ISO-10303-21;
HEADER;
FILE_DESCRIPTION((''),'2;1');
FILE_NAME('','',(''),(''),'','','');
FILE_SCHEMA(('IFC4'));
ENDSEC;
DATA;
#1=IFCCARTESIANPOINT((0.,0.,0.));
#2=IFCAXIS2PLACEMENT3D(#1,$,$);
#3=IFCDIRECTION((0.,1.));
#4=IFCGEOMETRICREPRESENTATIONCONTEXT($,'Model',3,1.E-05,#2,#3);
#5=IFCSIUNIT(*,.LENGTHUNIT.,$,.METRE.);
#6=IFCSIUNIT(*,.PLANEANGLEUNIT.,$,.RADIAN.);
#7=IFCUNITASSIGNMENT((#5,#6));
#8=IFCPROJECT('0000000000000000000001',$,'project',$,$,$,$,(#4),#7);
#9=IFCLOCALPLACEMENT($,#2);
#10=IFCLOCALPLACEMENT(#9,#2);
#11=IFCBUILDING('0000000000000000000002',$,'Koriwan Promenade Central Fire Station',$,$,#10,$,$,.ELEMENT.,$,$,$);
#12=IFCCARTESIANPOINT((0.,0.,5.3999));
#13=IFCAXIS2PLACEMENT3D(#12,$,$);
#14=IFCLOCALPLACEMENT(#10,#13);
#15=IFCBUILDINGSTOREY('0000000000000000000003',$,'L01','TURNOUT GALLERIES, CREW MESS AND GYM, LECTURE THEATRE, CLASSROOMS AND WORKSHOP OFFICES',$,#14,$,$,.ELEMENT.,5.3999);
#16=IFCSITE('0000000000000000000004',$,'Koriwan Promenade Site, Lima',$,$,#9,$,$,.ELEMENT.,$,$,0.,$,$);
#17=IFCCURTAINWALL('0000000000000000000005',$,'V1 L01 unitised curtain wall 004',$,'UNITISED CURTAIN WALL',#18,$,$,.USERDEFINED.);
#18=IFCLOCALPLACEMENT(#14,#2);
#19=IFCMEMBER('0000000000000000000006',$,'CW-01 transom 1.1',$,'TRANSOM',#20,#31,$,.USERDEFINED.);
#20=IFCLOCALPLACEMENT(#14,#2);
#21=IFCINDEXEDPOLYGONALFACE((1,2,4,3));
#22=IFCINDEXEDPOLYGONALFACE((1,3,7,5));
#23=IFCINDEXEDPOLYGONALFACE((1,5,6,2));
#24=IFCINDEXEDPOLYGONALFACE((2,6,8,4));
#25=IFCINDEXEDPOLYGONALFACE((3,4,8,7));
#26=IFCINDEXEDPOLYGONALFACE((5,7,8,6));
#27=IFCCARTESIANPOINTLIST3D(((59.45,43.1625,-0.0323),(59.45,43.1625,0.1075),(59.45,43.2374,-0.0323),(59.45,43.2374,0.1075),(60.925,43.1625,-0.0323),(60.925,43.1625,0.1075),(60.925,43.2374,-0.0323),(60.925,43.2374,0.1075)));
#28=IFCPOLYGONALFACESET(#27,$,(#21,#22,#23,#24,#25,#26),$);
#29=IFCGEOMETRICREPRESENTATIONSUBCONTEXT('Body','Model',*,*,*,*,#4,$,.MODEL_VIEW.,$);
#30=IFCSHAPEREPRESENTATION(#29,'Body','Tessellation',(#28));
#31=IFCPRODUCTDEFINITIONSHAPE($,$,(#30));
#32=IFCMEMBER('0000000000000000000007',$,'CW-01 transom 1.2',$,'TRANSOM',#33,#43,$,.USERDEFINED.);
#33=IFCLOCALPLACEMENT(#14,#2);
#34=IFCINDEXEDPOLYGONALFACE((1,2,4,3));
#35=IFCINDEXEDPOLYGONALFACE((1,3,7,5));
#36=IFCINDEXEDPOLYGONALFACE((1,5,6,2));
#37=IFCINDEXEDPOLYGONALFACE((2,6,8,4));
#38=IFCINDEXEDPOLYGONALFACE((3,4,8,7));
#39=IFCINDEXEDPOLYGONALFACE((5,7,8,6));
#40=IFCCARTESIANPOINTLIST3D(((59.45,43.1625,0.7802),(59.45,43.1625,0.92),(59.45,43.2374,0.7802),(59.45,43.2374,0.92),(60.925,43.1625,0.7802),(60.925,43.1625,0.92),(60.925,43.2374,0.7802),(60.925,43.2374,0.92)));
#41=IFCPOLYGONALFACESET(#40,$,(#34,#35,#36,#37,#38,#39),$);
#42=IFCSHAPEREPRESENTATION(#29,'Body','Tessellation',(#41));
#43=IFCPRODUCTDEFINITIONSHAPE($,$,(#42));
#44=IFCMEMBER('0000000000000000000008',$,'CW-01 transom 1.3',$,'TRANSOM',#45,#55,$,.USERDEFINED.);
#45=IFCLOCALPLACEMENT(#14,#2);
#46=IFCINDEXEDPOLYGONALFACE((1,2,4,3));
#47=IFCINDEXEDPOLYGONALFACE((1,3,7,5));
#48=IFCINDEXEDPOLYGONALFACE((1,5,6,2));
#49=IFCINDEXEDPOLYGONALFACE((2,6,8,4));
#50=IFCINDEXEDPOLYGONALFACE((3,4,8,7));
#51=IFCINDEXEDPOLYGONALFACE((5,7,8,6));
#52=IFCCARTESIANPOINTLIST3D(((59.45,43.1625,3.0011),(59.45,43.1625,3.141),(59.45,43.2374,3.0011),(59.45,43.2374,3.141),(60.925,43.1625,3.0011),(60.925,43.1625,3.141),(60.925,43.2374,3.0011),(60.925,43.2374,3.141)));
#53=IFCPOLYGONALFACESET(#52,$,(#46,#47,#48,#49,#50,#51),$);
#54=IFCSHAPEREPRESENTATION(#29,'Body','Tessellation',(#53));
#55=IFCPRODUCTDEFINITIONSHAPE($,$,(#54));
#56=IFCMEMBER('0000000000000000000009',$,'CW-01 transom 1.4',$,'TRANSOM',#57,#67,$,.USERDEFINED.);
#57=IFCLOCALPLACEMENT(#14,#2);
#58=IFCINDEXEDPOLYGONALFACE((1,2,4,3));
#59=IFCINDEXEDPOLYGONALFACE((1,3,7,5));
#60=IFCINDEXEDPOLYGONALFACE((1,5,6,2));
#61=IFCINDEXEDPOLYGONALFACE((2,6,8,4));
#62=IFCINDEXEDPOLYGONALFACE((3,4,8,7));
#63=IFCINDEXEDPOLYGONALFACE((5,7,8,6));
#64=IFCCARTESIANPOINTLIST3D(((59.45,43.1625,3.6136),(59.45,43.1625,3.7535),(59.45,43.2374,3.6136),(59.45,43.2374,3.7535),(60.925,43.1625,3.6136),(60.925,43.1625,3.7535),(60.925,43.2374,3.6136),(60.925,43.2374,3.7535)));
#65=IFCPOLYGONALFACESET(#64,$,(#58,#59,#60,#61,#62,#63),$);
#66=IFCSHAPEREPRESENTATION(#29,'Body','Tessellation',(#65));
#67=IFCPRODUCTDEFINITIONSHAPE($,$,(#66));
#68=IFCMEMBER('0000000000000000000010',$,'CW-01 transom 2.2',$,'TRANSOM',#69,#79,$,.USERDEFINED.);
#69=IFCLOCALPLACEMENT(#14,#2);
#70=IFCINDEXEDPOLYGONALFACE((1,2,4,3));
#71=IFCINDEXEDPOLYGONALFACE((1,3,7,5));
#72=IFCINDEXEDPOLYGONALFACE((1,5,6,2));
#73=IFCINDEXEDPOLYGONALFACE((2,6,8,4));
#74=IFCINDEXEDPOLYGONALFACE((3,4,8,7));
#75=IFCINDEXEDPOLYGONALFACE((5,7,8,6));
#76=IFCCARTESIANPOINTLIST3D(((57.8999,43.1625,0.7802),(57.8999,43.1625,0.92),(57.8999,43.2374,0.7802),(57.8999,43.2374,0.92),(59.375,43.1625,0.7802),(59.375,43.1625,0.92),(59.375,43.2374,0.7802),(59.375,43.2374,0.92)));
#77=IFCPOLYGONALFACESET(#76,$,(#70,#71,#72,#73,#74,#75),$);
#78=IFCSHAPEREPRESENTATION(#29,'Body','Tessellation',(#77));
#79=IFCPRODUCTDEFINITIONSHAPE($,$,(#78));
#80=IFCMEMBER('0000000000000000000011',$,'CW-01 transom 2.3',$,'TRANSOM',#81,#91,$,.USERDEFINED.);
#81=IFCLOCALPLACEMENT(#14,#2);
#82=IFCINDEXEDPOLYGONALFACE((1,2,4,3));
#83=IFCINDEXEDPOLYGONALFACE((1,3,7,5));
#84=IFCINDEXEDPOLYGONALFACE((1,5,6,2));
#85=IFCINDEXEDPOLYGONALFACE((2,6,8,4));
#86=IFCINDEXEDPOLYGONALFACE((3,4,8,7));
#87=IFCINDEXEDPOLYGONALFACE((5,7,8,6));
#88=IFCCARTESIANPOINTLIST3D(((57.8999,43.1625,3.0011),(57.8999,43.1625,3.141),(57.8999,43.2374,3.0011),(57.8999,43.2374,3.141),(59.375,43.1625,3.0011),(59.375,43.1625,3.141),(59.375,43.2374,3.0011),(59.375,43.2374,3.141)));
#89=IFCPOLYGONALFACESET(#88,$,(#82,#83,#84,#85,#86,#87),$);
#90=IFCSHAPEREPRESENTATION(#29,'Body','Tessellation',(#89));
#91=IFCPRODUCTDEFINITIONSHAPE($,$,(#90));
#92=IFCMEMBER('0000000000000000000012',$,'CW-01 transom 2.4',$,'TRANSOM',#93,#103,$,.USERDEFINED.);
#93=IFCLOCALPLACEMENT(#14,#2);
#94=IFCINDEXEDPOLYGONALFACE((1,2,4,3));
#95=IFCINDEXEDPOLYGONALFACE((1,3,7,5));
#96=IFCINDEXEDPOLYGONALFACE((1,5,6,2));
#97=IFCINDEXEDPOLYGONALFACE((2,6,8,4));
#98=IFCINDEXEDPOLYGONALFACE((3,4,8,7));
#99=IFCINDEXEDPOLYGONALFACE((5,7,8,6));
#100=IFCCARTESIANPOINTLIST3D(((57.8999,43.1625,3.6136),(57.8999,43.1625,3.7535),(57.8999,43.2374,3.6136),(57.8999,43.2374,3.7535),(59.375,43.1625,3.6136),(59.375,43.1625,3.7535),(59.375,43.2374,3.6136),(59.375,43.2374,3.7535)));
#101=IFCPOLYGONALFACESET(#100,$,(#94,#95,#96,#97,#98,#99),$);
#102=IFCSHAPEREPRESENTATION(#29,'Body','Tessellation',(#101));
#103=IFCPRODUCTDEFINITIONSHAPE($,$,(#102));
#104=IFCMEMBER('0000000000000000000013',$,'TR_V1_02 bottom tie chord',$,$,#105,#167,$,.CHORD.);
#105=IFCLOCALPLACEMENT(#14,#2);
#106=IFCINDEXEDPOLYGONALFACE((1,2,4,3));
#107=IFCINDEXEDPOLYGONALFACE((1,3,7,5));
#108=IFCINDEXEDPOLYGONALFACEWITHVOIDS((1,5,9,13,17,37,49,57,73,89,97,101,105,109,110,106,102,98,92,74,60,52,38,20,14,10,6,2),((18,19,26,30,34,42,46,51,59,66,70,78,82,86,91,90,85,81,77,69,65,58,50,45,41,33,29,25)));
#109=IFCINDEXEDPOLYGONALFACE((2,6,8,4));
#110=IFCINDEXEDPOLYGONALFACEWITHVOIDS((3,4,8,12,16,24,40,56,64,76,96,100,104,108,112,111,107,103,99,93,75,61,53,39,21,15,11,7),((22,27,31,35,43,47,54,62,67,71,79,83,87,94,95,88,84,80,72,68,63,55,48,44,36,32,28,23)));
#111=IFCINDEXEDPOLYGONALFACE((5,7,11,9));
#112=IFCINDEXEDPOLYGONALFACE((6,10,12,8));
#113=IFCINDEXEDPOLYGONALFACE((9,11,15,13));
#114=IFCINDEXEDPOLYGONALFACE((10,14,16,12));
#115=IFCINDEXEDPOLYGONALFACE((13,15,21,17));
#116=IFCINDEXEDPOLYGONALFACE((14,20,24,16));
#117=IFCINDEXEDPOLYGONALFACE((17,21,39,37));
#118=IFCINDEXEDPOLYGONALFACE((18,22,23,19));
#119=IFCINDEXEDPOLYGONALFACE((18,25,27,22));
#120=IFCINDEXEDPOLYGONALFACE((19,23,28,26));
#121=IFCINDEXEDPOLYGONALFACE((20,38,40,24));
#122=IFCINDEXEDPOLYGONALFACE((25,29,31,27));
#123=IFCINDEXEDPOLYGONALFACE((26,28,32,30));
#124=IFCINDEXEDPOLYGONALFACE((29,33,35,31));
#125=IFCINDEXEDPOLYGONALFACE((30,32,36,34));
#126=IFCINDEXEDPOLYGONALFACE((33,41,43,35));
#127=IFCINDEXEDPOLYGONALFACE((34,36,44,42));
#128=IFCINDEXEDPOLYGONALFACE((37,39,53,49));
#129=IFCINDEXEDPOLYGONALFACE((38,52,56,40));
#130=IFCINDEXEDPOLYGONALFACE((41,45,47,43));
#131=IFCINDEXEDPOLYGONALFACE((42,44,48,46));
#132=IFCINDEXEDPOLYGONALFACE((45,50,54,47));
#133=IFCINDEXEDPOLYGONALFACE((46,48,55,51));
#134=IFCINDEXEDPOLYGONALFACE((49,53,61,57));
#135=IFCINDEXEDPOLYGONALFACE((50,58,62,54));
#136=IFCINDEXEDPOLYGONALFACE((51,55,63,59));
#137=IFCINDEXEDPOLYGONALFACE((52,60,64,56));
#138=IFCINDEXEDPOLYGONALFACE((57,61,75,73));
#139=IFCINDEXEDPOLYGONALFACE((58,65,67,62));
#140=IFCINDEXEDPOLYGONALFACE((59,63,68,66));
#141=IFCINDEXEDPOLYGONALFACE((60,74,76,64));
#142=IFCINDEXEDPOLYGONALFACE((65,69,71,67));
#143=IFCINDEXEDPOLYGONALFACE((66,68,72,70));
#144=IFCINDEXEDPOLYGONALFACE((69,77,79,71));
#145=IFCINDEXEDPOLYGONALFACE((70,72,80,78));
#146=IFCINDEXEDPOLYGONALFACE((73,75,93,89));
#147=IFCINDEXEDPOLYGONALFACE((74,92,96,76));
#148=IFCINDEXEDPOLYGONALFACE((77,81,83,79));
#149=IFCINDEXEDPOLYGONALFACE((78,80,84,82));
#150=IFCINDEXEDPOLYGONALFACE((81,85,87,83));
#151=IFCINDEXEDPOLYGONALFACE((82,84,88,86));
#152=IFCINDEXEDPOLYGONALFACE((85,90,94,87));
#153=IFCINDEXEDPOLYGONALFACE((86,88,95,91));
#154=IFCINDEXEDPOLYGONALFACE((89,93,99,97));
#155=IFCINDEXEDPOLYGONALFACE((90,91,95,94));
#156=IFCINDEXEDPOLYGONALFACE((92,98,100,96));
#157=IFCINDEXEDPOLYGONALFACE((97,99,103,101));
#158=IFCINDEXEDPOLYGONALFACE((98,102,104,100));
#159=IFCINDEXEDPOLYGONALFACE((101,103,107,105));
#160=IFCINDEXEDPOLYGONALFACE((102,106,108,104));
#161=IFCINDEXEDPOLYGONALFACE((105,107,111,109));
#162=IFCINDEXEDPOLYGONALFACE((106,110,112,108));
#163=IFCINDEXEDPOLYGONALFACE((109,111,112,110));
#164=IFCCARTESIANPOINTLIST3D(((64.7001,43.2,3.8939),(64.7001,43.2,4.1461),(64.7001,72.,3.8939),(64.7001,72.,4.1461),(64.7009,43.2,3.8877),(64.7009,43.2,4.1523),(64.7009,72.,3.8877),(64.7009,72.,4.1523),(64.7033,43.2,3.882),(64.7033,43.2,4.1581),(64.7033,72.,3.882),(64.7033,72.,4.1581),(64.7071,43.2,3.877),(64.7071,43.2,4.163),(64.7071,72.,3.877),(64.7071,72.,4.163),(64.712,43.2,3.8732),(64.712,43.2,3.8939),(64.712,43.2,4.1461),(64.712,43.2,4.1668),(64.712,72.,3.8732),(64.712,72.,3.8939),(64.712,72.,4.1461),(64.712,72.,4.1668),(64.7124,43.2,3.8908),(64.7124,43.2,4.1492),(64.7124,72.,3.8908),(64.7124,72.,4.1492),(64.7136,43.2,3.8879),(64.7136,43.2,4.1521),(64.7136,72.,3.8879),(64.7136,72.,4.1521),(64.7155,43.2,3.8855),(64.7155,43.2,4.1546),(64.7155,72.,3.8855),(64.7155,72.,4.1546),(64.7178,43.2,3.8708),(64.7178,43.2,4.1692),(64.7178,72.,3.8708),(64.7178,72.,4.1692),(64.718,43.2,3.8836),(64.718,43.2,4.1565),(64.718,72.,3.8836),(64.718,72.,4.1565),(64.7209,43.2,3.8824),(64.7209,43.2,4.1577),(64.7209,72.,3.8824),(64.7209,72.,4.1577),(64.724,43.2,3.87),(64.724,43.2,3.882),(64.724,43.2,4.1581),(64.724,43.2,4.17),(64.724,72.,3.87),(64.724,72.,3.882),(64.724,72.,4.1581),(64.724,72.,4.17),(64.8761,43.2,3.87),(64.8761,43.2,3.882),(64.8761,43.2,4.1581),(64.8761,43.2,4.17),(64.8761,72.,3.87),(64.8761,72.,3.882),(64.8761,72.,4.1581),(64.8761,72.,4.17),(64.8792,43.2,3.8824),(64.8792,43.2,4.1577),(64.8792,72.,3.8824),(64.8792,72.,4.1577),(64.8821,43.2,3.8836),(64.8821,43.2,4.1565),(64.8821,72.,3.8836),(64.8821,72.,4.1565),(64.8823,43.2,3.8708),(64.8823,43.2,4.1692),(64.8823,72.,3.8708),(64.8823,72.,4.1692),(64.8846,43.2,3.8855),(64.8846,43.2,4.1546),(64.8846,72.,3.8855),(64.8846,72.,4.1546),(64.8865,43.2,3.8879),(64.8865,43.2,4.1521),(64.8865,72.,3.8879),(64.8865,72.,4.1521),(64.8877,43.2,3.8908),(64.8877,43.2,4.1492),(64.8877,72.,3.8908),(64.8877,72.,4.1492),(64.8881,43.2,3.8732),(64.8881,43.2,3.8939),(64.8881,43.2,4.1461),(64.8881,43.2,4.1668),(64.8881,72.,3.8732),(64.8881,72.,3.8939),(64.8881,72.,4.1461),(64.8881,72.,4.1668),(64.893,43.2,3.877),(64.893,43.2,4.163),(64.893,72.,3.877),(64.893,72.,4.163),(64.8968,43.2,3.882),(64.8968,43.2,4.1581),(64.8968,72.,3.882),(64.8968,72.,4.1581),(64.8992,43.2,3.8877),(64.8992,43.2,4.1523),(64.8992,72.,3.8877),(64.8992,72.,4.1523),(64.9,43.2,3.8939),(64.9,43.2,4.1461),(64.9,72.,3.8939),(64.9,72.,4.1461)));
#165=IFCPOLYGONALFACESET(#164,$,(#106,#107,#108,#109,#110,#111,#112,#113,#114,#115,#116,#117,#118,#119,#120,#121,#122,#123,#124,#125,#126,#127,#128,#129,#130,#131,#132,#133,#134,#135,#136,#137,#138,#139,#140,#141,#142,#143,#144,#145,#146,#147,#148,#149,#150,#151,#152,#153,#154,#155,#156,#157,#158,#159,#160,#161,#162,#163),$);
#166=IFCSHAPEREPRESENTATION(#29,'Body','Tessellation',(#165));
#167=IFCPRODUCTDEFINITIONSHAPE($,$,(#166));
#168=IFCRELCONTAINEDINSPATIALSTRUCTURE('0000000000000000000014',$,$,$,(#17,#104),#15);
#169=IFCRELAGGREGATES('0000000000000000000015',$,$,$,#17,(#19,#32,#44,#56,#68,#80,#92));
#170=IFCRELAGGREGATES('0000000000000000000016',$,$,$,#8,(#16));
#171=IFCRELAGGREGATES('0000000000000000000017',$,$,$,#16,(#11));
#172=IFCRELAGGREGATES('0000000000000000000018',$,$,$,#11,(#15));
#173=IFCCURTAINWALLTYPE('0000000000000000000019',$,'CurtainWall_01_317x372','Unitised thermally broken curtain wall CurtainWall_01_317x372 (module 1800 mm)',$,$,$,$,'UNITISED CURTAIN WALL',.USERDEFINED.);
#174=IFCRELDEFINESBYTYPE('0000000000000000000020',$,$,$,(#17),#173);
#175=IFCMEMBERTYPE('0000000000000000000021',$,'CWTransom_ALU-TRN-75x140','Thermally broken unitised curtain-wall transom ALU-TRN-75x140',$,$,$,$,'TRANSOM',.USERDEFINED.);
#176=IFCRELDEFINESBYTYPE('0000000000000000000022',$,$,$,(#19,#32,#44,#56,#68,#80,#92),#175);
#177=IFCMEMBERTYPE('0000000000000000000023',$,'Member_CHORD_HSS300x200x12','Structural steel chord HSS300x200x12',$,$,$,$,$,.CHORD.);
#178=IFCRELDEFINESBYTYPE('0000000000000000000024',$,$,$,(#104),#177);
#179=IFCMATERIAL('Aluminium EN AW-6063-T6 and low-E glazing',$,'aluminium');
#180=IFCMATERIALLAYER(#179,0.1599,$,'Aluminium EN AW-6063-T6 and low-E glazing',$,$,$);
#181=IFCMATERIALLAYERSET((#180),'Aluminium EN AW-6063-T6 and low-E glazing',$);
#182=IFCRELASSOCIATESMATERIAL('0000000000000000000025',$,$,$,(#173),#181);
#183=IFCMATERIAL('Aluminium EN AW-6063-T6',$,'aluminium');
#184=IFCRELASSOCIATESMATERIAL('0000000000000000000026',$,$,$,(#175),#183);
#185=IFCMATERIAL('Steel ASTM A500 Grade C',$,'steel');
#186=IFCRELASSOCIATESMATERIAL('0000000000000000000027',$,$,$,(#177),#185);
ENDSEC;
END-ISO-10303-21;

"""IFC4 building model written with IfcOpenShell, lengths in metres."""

from ifc_helpers import new_model, si_unit, direction, frame, origin, origin_2d, place, context, subcontext, project, spatial, rectangle, hollow_rectangle, extrude, material, layer, layer_set, material_profile, profile_set, type_object, element, aggregate, save


model = new_model("IFC4")

# Units and contexts
model_context = context("Model", 3, precision=1e-05, world=origin(), true_north=direction((0.0, 1.0)))
body_context = subcontext(model_context, "Body", "Model", "MODEL_VIEW")
ifc_project = project(units=[si_unit("LENGTHUNIT", "METRE"), si_unit("PLANEANGLEUNIT", "RADIAN")], contexts=[model_context])

# Site, building, storey
site_placement = place(None, origin())
site = spatial("IfcSite", under=ifc_project, at=site_placement, Name="Koriwan Promenade Site, Lima", CompositionType="ELEMENT", RefElevation=0.0)
building_placement = place(site_placement, origin())
building = spatial("IfcBuilding", under=site, at=building_placement, Name="Koriwan Promenade Central Fire Station", CompositionType="ELEMENT")
storey_placement = place(building_placement, frame((0.0, 0.0, 5.3999)))
storey = spatial("IfcBuildingStorey", under=building, at=storey_placement, Name="L01", Description="TURNOUT GALLERIES, CREW MESS AND GYM, LECTURE THEATRE, CLASSROOMS AND WORKSHOP OFFICES", CompositionType="ELEMENT", Elevation=5.3999)

# Curtain wall
ifc_material_1 = material(Name="Aluminium EN AW-6063-T6 and low-E glazing", Category="aluminium")
ifc_material_2 = material(Name="Aluminium EN AW-6063-T6", Category="aluminium")
ifc_layer_1 = layer(ifc_material_1, 0.1599, Name="Aluminium EN AW-6063-T6 and low-E glazing")
ifc_layer_set_1 = layer_set([ifc_layer_1], Name="Aluminium EN AW-6063-T6 and low-E glazing")
curtain_wall_type_1 = type_object("IfcCurtainWallType", Name="CurtainWall_01_317x372", Description="Unitised thermally broken curtain wall CurtainWall_01_317x372 (module 1800 mm)", ElementType="UNITISED CURTAIN WALL", PredefinedType="USERDEFINED", material=ifc_layer_set_1)
curtain_wall_1_placement = place(storey_placement, origin())
curtain_wall_1 = element("IfcCurtainWall", 1, at=curtain_wall_1_placement, inside=storey, type_object=curtain_wall_type_1, Name="V1 L01 unitised curtain wall 004", ObjectType="UNITISED CURTAIN WALL", PredefinedType="USERDEFINED")

# Members
ifc_material_profile_1 = material_profile(ifc_material_2, rectangle(XDim=0.075, YDim=0.1399, at=origin_2d()), Name="ALU-TRN-75x140")
ifc_profile_set_1 = profile_set([ifc_material_profile_1], Name="Aluminium EN AW-6063-T6")
member_type_1 = type_object("IfcMemberType", Name="CWTransom_ALU-TRN-75x140", Description="Thermally broken unitised curtain-wall transom ALU-TRN-75x140", ElementType="TRANSOM", PredefinedType="USERDEFINED", material=ifc_profile_set_1)
member_1_placement = place(storey_placement, frame((60.925, 43.2, 0.0376), z_axis=(-1.0, 0.0, 0.0), x_axis=(0.0, -1.0, 0.0)))
member_1 = element("IfcMember", 2, at=member_1_placement, type_object=member_type_1, Name="CW-01 transom 1.1", ObjectType="TRANSOM", PredefinedType="USERDEFINED", context=body_context, shape_type="SweptSolid", body=[
    extrude(rectangle(XDim=0.075, YDim=0.1399, at=origin_2d()), origin(), (0.0, 0.0, 1.0), 1.4751),
])
member_2_placement = place(storey_placement, frame((60.925, 43.2, 0.8501), z_axis=(-1.0, 0.0, 0.0), x_axis=(0.0, -1.0, 0.0)))
member_2 = element("IfcMember", 3, at=member_2_placement, type_object=member_type_1, Name="CW-01 transom 1.2", ObjectType="TRANSOM", PredefinedType="USERDEFINED", context=body_context, shape_type="SweptSolid", body=[
    extrude(rectangle(XDim=0.075, YDim=0.1399, at=origin_2d()), origin(), (0.0, 0.0, 1.0), 1.4751),
])
member_3_placement = place(storey_placement, frame((60.925, 43.2, 3.071), z_axis=(-1.0, 0.0, 0.0), x_axis=(0.0, -1.0, 0.0)))
member_3 = element("IfcMember", 4, at=member_3_placement, type_object=member_type_1, Name="CW-01 transom 1.3", ObjectType="TRANSOM", PredefinedType="USERDEFINED", context=body_context, shape_type="SweptSolid", body=[
    extrude(rectangle(XDim=0.075, YDim=0.1399, at=origin_2d()), origin(), (0.0, 0.0, 1.0), 1.4751),
])
member_4_placement = place(storey_placement, frame((60.925, 43.2, 3.6836), z_axis=(-1.0, 0.0, 0.0), x_axis=(0.0, -1.0, 0.0)))
member_4 = element("IfcMember", 5, at=member_4_placement, type_object=member_type_1, Name="CW-01 transom 1.4", ObjectType="TRANSOM", PredefinedType="USERDEFINED", context=body_context, shape_type="SweptSolid", body=[
    extrude(rectangle(XDim=0.075, YDim=0.1399, at=origin_2d()), origin(), (0.0, 0.0, 1.0), 1.4751),
])
member_5_placement = place(storey_placement, frame((59.375, 43.2, 0.8501), z_axis=(-1.0, 0.0, 0.0), x_axis=(0.0, -1.0, 0.0)))
member_5 = element("IfcMember", 6, at=member_5_placement, type_object=member_type_1, Name="CW-01 transom 2.2", ObjectType="TRANSOM", PredefinedType="USERDEFINED", context=body_context, shape_type="SweptSolid", body=[
    extrude(rectangle(XDim=0.075, YDim=0.1399, at=origin_2d()), origin(), (0.0, 0.0, 1.0), 1.4751),
])
member_6_placement = place(storey_placement, frame((59.375, 43.2, 3.071), z_axis=(-1.0, 0.0, 0.0), x_axis=(0.0, -1.0, 0.0)))
member_6 = element("IfcMember", 7, at=member_6_placement, type_object=member_type_1, Name="CW-01 transom 2.3", ObjectType="TRANSOM", PredefinedType="USERDEFINED", context=body_context, shape_type="SweptSolid", body=[
    extrude(rectangle(XDim=0.075, YDim=0.1399, at=origin_2d()), origin(), (0.0, 0.0, 1.0), 1.4751),
])
member_7_placement = place(storey_placement, frame((59.375, 43.2, 3.6836), z_axis=(-1.0, 0.0, 0.0), x_axis=(0.0, -1.0, 0.0)))
member_7 = element("IfcMember", 8, at=member_7_placement, type_object=member_type_1, Name="CW-01 transom 2.4", ObjectType="TRANSOM", PredefinedType="USERDEFINED", context=body_context, shape_type="SweptSolid", body=[
    extrude(rectangle(XDim=0.075, YDim=0.1399, at=origin_2d()), origin(), (0.0, 0.0, 1.0), 1.4751),
])

# Member
ifc_material_3 = material(Name="Steel ASTM A500 Grade C", Category="steel")
ifc_material_profile_2 = material_profile(ifc_material_3, hollow_rectangle(XDim=0.2, YDim=0.3, WallThickness=0.012, InnerFilletRadius=0.012, OuterFilletRadius=0.0239, at=origin_2d()), Name="HSS300x200x12")
ifc_profile_set_2 = profile_set([ifc_material_profile_2], Name="Steel ASTM A500 Grade C")
member_type_2 = type_object("IfcMemberType", Name="Member_CHORD_HSS300x200x12", Description="Structural steel chord HSS300x200x12", PredefinedType="CHORD", material=ifc_profile_set_2)
member_8_placement = place(storey_placement, frame((64.8, 43.2, 4.02), z_axis=(0.0, 1.0, 0.0), x_axis=(-1.0, 0.0, 0.0)))
element("IfcMember", 9, at=member_8_placement, inside=storey, type_object=member_type_2, Name="TR_V1_02 bottom tie chord", PredefinedType="CHORD", context=body_context, shape_type="SweptSolid", body=[
    extrude(hollow_rectangle(XDim=0.2, YDim=0.3, WallThickness=0.012, InnerFilletRadius=0.012, OuterFilletRadius=0.0239, at=origin_2d()), origin(), (0.0, 0.0, 1.0), 28.8),
])

aggregate(curtain_wall_1, [member_1, member_2, member_3, member_4, member_5, member_6, member_7])

save(model, "model.ifc")
